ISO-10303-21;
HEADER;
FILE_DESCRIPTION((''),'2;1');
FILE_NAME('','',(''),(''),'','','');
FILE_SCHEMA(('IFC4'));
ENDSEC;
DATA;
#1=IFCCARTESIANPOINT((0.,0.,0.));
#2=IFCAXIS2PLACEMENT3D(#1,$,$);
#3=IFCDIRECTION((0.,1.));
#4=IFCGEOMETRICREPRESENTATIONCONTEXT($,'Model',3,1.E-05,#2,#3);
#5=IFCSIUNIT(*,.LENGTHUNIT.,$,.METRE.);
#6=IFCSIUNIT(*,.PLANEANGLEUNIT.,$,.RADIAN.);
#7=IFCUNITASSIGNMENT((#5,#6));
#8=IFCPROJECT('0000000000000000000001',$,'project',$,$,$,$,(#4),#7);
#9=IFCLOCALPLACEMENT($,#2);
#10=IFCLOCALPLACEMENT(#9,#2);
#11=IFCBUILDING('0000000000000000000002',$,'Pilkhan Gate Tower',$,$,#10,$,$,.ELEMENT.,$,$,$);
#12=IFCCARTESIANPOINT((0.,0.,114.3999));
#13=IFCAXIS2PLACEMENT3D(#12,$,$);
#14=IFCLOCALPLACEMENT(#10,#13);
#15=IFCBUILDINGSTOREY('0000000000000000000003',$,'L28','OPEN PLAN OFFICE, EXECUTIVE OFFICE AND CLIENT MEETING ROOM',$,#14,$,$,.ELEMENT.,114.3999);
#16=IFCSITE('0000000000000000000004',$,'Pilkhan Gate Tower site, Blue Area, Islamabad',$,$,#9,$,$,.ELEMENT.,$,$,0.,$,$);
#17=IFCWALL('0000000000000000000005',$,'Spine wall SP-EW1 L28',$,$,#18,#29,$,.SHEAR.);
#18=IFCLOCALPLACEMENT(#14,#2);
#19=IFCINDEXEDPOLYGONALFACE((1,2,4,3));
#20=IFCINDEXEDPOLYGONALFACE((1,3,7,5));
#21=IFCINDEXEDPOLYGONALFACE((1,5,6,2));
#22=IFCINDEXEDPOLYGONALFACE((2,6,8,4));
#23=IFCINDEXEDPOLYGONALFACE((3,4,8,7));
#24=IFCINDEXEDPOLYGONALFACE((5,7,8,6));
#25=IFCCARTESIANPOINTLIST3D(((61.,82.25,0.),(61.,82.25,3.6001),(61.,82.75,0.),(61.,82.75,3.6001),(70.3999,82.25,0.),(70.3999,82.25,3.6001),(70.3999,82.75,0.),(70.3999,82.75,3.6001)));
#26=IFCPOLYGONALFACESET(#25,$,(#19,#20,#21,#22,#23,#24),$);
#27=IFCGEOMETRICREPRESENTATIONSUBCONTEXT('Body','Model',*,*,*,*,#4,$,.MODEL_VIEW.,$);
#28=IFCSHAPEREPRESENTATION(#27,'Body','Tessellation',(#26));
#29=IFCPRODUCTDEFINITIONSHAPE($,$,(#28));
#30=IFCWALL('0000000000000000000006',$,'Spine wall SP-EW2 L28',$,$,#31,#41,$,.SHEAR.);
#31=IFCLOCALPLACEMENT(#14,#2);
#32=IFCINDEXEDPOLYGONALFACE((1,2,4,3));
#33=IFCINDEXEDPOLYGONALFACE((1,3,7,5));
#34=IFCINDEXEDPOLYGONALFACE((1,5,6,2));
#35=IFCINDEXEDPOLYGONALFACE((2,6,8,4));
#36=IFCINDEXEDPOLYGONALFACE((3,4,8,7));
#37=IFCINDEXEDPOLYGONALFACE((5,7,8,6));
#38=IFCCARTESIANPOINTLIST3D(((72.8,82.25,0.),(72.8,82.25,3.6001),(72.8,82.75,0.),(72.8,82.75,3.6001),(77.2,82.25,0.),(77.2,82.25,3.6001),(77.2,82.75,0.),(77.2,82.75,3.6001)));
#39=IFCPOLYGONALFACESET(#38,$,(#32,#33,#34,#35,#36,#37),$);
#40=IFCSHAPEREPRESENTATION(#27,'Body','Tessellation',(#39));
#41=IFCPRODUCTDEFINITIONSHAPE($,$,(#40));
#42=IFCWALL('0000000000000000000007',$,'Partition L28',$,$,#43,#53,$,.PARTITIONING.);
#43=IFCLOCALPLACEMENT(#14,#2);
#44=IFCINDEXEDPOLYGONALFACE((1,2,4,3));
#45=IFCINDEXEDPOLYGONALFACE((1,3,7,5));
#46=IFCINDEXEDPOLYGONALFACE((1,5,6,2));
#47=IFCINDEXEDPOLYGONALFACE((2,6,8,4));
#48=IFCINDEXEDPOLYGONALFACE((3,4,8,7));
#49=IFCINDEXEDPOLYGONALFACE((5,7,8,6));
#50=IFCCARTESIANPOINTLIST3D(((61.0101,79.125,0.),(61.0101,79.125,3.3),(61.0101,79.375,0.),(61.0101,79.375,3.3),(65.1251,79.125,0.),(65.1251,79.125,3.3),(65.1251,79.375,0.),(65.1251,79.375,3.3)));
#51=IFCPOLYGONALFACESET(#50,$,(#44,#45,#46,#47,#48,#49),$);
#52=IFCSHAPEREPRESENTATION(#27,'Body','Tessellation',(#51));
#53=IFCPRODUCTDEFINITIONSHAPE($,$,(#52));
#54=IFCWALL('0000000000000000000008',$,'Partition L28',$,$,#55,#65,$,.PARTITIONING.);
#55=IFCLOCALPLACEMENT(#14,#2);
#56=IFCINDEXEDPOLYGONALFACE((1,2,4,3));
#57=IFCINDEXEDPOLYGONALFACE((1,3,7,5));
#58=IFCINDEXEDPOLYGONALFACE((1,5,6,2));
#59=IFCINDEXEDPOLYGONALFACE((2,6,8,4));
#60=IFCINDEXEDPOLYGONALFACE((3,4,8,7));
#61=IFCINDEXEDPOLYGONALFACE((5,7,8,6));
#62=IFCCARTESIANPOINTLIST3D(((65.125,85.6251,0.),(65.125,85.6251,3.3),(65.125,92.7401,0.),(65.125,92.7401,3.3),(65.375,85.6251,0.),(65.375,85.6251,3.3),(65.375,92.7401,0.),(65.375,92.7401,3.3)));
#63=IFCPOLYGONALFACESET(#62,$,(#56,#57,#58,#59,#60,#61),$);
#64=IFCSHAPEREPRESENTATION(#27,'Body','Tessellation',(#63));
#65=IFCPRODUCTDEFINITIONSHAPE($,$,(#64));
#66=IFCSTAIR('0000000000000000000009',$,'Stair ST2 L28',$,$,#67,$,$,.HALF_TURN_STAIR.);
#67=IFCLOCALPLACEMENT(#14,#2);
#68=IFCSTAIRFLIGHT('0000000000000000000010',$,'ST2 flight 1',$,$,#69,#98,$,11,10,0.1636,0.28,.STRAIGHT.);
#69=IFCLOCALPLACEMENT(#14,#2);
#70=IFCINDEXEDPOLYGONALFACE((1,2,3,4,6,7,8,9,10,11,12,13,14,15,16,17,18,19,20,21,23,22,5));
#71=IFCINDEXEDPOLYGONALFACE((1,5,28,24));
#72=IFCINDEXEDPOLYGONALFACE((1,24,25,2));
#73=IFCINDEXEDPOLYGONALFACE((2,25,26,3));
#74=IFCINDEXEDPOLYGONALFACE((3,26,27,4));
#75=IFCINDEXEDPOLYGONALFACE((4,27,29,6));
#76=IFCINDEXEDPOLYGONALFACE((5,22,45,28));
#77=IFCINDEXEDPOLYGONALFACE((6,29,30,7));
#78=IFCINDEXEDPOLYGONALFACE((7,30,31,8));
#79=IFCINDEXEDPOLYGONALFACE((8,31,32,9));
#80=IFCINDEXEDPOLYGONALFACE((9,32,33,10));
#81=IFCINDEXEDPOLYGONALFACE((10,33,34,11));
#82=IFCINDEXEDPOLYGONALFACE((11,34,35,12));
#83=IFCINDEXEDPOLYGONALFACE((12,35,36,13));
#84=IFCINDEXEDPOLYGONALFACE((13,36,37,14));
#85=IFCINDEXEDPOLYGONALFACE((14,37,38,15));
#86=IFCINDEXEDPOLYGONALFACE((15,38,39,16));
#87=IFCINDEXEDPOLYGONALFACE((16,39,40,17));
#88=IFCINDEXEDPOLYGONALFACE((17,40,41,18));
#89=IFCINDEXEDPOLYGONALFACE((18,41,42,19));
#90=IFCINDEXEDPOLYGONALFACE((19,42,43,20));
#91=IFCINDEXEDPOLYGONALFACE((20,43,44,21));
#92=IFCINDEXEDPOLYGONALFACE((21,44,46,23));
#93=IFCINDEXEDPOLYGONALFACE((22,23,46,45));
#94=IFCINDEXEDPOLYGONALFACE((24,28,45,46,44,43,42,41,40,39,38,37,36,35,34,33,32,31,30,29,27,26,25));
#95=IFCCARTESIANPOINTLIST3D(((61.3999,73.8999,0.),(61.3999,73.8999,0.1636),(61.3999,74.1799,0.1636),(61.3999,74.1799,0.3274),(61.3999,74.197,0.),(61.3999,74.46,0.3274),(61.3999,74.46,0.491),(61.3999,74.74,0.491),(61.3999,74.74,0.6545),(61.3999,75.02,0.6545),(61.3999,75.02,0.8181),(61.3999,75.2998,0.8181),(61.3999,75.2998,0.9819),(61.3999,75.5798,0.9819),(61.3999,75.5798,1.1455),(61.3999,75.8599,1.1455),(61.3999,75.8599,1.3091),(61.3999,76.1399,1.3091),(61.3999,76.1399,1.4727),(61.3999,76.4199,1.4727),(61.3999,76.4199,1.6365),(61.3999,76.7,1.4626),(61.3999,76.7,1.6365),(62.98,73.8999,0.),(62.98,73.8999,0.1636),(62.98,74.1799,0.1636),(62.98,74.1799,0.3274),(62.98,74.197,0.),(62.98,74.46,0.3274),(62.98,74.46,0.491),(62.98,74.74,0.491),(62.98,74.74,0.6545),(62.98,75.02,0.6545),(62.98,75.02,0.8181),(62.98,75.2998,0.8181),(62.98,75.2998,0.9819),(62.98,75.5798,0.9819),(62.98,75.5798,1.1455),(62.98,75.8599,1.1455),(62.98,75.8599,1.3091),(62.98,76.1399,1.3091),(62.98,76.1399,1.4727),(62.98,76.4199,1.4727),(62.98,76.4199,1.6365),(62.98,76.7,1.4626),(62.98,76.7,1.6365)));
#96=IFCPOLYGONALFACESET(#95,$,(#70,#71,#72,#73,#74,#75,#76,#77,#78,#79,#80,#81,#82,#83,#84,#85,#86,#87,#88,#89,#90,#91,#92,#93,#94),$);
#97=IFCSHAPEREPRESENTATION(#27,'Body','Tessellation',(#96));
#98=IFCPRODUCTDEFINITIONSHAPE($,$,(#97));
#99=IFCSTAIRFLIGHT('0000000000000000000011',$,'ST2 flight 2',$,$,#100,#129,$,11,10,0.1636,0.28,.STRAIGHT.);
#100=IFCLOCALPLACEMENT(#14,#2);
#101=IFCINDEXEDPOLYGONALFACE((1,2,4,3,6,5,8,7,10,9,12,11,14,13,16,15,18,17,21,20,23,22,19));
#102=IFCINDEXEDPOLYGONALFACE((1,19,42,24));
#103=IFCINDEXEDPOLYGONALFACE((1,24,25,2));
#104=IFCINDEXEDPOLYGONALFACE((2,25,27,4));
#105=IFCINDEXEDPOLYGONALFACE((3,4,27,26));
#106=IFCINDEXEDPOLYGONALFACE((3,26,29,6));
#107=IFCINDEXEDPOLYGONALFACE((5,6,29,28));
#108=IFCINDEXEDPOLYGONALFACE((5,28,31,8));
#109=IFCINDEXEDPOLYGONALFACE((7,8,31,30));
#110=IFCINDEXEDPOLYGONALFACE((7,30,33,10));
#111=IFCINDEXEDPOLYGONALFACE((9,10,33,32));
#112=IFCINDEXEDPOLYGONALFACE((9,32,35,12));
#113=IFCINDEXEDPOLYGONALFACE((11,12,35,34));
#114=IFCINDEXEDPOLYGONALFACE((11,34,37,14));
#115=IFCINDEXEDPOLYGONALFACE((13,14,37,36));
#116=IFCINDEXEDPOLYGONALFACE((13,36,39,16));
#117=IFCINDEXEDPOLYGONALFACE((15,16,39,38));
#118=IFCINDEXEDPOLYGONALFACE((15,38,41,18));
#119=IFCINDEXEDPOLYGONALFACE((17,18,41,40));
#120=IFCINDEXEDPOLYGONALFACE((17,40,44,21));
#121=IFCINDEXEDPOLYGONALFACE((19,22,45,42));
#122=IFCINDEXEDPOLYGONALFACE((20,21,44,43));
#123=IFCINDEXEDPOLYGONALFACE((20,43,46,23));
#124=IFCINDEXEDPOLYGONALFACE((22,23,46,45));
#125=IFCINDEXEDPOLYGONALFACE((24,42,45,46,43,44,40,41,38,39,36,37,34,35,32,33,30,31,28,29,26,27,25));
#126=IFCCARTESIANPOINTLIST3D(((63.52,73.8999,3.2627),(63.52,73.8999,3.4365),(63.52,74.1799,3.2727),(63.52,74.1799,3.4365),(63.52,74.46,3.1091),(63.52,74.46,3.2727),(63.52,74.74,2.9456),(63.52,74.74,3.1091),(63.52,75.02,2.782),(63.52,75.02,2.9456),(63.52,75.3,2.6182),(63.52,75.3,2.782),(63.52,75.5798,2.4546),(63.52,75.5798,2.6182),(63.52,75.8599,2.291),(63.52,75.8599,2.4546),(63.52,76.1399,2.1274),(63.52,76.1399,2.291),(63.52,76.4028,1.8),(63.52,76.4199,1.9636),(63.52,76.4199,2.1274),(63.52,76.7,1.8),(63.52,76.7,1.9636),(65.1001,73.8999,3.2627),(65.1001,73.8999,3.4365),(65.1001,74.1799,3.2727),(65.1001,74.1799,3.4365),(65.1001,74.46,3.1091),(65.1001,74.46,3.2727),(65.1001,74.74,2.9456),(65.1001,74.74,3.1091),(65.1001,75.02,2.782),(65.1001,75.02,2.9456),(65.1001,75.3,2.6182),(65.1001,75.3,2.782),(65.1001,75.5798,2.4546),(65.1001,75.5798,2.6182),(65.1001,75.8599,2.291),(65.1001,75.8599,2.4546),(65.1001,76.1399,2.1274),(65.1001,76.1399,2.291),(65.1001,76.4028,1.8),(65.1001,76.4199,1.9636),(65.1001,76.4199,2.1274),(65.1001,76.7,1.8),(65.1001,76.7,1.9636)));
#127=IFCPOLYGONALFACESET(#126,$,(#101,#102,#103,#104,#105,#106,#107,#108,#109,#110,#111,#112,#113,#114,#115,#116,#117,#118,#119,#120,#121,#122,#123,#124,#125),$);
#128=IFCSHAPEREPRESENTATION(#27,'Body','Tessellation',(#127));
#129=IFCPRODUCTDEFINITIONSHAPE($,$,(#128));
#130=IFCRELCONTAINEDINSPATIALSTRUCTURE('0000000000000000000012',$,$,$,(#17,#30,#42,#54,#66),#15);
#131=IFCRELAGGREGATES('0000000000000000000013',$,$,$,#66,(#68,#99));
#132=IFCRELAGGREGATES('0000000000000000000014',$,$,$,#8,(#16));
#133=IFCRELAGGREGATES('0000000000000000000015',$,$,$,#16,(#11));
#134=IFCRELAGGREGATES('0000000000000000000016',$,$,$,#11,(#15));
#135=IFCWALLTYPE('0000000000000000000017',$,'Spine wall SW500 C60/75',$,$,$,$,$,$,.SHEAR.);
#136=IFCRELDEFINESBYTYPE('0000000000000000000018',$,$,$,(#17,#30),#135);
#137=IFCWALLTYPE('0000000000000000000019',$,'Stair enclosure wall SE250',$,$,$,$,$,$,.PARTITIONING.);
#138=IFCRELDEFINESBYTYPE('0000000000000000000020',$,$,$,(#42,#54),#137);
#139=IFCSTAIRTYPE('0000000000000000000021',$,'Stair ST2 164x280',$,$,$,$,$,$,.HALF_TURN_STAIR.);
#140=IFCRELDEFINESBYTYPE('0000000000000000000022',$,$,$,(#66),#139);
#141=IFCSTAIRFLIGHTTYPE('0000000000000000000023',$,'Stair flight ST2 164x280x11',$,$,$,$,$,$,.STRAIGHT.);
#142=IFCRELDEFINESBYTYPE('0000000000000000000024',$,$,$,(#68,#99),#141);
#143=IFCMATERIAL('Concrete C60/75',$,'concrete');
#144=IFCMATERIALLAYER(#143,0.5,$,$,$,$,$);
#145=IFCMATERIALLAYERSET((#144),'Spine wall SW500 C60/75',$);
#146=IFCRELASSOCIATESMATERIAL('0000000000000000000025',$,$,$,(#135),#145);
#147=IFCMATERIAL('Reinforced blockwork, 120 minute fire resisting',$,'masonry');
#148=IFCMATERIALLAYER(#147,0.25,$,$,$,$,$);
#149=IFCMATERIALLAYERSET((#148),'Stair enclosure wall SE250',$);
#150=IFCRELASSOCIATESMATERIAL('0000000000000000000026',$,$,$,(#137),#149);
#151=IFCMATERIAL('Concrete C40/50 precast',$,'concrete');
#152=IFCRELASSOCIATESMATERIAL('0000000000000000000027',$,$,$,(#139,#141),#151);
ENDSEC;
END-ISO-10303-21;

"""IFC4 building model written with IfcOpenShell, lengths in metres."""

from ifc_helpers import new_model, si_unit, direction, frame, frame_2d, origin, place, context, subcontext, project, spatial, polyline, rectangle, outline, extrude, material, layer, layer_set, type_object, element, aggregate, save


model = new_model("IFC4")

# Units and contexts
model_context = context("Model", 3, precision=1e-05, world=origin(), true_north=direction((0.0, 1.0)))
body_context = subcontext(model_context, "Body", "Model", "MODEL_VIEW")
ifc_project = project(units=[si_unit("LENGTHUNIT", "METRE"), si_unit("PLANEANGLEUNIT", "RADIAN")], contexts=[model_context])

# Site, building, storey
site_placement = place(None, origin())
site = spatial("IfcSite", under=ifc_project, at=site_placement, Name="Pilkhan Gate Tower site, Blue Area, Islamabad", CompositionType="ELEMENT", RefElevation=0.0)
building_placement = place(site_placement, origin())
building = spatial("IfcBuilding", under=site, at=building_placement, Name="Pilkhan Gate Tower", CompositionType="ELEMENT")
storey_placement = place(building_placement, frame((0.0, 0.0, 114.3999)))
storey = spatial("IfcBuildingStorey", under=building, at=storey_placement, Name="L28", Description="OPEN PLAN OFFICE, EXECUTIVE OFFICE AND CLIENT MEETING ROOM", CompositionType="ELEMENT", Elevation=114.3999)

# Shared definitions
ifc_material_1 = material(Name="Concrete C60/75", Category="concrete")

# Walls
ifc_layer_1 = layer(ifc_material_1, 0.5)
ifc_layer_set_1 = layer_set([ifc_layer_1], Name="Spine wall SW500 C60/75")
wall_type_1 = type_object("IfcWallType", Name="Spine wall SW500 C60/75", PredefinedType="SHEAR", material=ifc_layer_set_1)
wall_1_placement = place(storey_placement, frame((61.0, 82.5, 0.0), z_axis=(0.0, 0.0, 1.0), x_axis=(1.0, 0.0, 0.0)))
element("IfcWall", 1, at=wall_1_placement, inside=storey, type_object=wall_type_1, Name="Spine wall SP-EW1 L28", PredefinedType="SHEAR", context=body_context, shape_type="SweptSolid", body=[
    extrude(rectangle(XDim=9.3999, YDim=0.5, at=frame_2d((4.7, 0.0))), origin(), (0.0, 0.0, 1.0), 3.6001),
])
wall_2_placement = place(storey_placement, frame((72.8, 82.5, 0.0), z_axis=(0.0, 0.0, 1.0), x_axis=(1.0, 0.0, 0.0)))
element("IfcWall", 2, at=wall_2_placement, inside=storey, type_object=wall_type_1, Name="Spine wall SP-EW2 L28", PredefinedType="SHEAR", context=body_context, shape_type="SweptSolid", body=[
    extrude(rectangle(XDim=4.3999, YDim=0.5, at=frame_2d((2.2, 0.0))), origin(), (0.0, 0.0, 1.0), 3.6001),
])
ifc_material_2 = material(Name="Reinforced blockwork, 120 minute fire resisting", Category="masonry")
ifc_layer_2 = layer(ifc_material_2, 0.25)
ifc_layer_set_2 = layer_set([ifc_layer_2], Name="Stair enclosure wall SE250")
wall_type_2 = type_object("IfcWallType", Name="Stair enclosure wall SE250", PredefinedType="PARTITIONING", material=ifc_layer_set_2)
wall_3_placement = place(storey_placement, frame((61.01, 79.25, 0.0), z_axis=(0.0, 0.0, 1.0), x_axis=(1.0, 0.0, 0.0)))
element("IfcWall", 3, at=wall_3_placement, inside=storey, type_object=wall_type_2, Name="Partition L28", PredefinedType="PARTITIONING", context=body_context, shape_type="SweptSolid", body=[
    extrude(rectangle(XDim=4.115, YDim=0.25, at=frame_2d((2.0576, 0.0))), origin(), (0.0, 0.0, 1.0), 3.3),
])
wall_4_placement = place(storey_placement, frame((65.25, 85.625, 0.0), z_axis=(0.0, 0.0, 1.0), x_axis=(0.0, 1.0, 0.0)))
element("IfcWall", 4, at=wall_4_placement, inside=storey, type_object=wall_type_2, Name="Partition L28", PredefinedType="PARTITIONING", context=body_context, shape_type="SweptSolid", body=[
    extrude(rectangle(XDim=7.115, YDim=0.25, at=frame_2d((3.5576, 0.0))), origin(), (0.0, 0.0, 1.0), 3.3),
])

# Stair, stair flights
ifc_material_3 = material(Name="Concrete C40/50 precast", Category="concrete")
stair_type = type_object("IfcStairType", Name="Stair ST2 164x280", PredefinedType="HALF_TURN_STAIR", material=ifc_material_3)
stair_placement = place(storey_placement, origin())
stair = element("IfcStair", 5, at=stair_placement, inside=storey, type_object=stair_type, Name="Stair ST2 L28", PredefinedType="HALF_TURN_STAIR")
stair_flight_type = type_object("IfcStairFlightType", Name="Stair flight ST2 164x280x11", PredefinedType="STRAIGHT", material=ifc_material_3)
stair_flight_1_placement = place(storey_placement, frame((62.1899, 73.8999, 0.0), z_axis=(0.0, 0.0, 1.0), x_axis=(0.0, 1.0, 0.0)))
stair_flight_1 = element("IfcStairFlight", 6, at=stair_flight_1_placement, type_object=stair_flight_type, Name="ST2 flight 1", NumberOfRisers=11, NumberOfTreads=10, PredefinedType="STRAIGHT", RiserHeight=0.1636, TreadLength=0.28, context=body_context, shape_type="SweptSolid", body=[
    extrude(outline(polyline([(0.0, 0.0), (0.0, 0.1636), (0.28, 0.1636), (0.28, 0.3274), (0.5601, 0.3274), (0.5601, 0.491), (0.8401, 0.491), (0.8401, 0.6545), (1.1201, 0.6545), (1.1201, 0.8181), (1.3999, 0.8181), (1.3999, 0.9819), (1.6799, 0.9819), (1.6799, 1.1455), (1.96, 1.1455), (1.96, 1.3091), (2.24, 1.3091), (2.24, 1.4727), (2.52, 1.4727), (2.52, 1.6365), (2.8, 1.6365), (2.8, 1.8), (2.8, 1.4626), (0.2971, 0.0), (0.0, 0.0)])), frame((0.0, 0.79, 0.0), z_axis=(0.0, -1.0, 0.0), x_axis=(1.0, 0.0, 0.0)), (0.0, 0.0, 1.0), 1.5801),
])
stair_flight_2_placement = place(storey_placement, frame((64.3101, 76.7, 1.8), z_axis=(0.0, 0.0, 1.0), x_axis=(0.0, -1.0, 0.0)))
stair_flight_2 = element("IfcStairFlight", 7, at=stair_flight_2_placement, type_object=stair_flight_type, Name="ST2 flight 2", NumberOfRisers=11, NumberOfTreads=10, PredefinedType="STRAIGHT", RiserHeight=0.1636, TreadLength=0.28, context=body_context, shape_type="SweptSolid", body=[
    extrude(outline(polyline([(0.0, 0.0), (0.0, 0.1636), (0.28, 0.1636), (0.28, 0.3274), (0.5601, 0.3274), (0.5601, 0.491), (0.8401, 0.491), (0.8401, 0.6545), (1.1201, 0.6545), (1.1201, 0.8181), (1.3999, 0.8181), (1.3999, 0.9819), (1.6799, 0.9819), (1.6799, 1.1455), (1.96, 1.1455), (1.96, 1.3091), (2.24, 1.3091), (2.24, 1.4727), (2.52, 1.4727), (2.52, 1.6365), (2.8, 1.6365), (2.8, 1.8), (2.8, 1.4626), (0.2971, 0.0), (0.0, 0.0)])), frame((0.0, 0.79, 0.0), z_axis=(0.0, -1.0, 0.0), x_axis=(1.0, 0.0, 0.0)), (0.0, 0.0, 1.0), 1.5801),
])
aggregate(stair, [stair_flight_1, stair_flight_2])

save(model, "model.ifc")
